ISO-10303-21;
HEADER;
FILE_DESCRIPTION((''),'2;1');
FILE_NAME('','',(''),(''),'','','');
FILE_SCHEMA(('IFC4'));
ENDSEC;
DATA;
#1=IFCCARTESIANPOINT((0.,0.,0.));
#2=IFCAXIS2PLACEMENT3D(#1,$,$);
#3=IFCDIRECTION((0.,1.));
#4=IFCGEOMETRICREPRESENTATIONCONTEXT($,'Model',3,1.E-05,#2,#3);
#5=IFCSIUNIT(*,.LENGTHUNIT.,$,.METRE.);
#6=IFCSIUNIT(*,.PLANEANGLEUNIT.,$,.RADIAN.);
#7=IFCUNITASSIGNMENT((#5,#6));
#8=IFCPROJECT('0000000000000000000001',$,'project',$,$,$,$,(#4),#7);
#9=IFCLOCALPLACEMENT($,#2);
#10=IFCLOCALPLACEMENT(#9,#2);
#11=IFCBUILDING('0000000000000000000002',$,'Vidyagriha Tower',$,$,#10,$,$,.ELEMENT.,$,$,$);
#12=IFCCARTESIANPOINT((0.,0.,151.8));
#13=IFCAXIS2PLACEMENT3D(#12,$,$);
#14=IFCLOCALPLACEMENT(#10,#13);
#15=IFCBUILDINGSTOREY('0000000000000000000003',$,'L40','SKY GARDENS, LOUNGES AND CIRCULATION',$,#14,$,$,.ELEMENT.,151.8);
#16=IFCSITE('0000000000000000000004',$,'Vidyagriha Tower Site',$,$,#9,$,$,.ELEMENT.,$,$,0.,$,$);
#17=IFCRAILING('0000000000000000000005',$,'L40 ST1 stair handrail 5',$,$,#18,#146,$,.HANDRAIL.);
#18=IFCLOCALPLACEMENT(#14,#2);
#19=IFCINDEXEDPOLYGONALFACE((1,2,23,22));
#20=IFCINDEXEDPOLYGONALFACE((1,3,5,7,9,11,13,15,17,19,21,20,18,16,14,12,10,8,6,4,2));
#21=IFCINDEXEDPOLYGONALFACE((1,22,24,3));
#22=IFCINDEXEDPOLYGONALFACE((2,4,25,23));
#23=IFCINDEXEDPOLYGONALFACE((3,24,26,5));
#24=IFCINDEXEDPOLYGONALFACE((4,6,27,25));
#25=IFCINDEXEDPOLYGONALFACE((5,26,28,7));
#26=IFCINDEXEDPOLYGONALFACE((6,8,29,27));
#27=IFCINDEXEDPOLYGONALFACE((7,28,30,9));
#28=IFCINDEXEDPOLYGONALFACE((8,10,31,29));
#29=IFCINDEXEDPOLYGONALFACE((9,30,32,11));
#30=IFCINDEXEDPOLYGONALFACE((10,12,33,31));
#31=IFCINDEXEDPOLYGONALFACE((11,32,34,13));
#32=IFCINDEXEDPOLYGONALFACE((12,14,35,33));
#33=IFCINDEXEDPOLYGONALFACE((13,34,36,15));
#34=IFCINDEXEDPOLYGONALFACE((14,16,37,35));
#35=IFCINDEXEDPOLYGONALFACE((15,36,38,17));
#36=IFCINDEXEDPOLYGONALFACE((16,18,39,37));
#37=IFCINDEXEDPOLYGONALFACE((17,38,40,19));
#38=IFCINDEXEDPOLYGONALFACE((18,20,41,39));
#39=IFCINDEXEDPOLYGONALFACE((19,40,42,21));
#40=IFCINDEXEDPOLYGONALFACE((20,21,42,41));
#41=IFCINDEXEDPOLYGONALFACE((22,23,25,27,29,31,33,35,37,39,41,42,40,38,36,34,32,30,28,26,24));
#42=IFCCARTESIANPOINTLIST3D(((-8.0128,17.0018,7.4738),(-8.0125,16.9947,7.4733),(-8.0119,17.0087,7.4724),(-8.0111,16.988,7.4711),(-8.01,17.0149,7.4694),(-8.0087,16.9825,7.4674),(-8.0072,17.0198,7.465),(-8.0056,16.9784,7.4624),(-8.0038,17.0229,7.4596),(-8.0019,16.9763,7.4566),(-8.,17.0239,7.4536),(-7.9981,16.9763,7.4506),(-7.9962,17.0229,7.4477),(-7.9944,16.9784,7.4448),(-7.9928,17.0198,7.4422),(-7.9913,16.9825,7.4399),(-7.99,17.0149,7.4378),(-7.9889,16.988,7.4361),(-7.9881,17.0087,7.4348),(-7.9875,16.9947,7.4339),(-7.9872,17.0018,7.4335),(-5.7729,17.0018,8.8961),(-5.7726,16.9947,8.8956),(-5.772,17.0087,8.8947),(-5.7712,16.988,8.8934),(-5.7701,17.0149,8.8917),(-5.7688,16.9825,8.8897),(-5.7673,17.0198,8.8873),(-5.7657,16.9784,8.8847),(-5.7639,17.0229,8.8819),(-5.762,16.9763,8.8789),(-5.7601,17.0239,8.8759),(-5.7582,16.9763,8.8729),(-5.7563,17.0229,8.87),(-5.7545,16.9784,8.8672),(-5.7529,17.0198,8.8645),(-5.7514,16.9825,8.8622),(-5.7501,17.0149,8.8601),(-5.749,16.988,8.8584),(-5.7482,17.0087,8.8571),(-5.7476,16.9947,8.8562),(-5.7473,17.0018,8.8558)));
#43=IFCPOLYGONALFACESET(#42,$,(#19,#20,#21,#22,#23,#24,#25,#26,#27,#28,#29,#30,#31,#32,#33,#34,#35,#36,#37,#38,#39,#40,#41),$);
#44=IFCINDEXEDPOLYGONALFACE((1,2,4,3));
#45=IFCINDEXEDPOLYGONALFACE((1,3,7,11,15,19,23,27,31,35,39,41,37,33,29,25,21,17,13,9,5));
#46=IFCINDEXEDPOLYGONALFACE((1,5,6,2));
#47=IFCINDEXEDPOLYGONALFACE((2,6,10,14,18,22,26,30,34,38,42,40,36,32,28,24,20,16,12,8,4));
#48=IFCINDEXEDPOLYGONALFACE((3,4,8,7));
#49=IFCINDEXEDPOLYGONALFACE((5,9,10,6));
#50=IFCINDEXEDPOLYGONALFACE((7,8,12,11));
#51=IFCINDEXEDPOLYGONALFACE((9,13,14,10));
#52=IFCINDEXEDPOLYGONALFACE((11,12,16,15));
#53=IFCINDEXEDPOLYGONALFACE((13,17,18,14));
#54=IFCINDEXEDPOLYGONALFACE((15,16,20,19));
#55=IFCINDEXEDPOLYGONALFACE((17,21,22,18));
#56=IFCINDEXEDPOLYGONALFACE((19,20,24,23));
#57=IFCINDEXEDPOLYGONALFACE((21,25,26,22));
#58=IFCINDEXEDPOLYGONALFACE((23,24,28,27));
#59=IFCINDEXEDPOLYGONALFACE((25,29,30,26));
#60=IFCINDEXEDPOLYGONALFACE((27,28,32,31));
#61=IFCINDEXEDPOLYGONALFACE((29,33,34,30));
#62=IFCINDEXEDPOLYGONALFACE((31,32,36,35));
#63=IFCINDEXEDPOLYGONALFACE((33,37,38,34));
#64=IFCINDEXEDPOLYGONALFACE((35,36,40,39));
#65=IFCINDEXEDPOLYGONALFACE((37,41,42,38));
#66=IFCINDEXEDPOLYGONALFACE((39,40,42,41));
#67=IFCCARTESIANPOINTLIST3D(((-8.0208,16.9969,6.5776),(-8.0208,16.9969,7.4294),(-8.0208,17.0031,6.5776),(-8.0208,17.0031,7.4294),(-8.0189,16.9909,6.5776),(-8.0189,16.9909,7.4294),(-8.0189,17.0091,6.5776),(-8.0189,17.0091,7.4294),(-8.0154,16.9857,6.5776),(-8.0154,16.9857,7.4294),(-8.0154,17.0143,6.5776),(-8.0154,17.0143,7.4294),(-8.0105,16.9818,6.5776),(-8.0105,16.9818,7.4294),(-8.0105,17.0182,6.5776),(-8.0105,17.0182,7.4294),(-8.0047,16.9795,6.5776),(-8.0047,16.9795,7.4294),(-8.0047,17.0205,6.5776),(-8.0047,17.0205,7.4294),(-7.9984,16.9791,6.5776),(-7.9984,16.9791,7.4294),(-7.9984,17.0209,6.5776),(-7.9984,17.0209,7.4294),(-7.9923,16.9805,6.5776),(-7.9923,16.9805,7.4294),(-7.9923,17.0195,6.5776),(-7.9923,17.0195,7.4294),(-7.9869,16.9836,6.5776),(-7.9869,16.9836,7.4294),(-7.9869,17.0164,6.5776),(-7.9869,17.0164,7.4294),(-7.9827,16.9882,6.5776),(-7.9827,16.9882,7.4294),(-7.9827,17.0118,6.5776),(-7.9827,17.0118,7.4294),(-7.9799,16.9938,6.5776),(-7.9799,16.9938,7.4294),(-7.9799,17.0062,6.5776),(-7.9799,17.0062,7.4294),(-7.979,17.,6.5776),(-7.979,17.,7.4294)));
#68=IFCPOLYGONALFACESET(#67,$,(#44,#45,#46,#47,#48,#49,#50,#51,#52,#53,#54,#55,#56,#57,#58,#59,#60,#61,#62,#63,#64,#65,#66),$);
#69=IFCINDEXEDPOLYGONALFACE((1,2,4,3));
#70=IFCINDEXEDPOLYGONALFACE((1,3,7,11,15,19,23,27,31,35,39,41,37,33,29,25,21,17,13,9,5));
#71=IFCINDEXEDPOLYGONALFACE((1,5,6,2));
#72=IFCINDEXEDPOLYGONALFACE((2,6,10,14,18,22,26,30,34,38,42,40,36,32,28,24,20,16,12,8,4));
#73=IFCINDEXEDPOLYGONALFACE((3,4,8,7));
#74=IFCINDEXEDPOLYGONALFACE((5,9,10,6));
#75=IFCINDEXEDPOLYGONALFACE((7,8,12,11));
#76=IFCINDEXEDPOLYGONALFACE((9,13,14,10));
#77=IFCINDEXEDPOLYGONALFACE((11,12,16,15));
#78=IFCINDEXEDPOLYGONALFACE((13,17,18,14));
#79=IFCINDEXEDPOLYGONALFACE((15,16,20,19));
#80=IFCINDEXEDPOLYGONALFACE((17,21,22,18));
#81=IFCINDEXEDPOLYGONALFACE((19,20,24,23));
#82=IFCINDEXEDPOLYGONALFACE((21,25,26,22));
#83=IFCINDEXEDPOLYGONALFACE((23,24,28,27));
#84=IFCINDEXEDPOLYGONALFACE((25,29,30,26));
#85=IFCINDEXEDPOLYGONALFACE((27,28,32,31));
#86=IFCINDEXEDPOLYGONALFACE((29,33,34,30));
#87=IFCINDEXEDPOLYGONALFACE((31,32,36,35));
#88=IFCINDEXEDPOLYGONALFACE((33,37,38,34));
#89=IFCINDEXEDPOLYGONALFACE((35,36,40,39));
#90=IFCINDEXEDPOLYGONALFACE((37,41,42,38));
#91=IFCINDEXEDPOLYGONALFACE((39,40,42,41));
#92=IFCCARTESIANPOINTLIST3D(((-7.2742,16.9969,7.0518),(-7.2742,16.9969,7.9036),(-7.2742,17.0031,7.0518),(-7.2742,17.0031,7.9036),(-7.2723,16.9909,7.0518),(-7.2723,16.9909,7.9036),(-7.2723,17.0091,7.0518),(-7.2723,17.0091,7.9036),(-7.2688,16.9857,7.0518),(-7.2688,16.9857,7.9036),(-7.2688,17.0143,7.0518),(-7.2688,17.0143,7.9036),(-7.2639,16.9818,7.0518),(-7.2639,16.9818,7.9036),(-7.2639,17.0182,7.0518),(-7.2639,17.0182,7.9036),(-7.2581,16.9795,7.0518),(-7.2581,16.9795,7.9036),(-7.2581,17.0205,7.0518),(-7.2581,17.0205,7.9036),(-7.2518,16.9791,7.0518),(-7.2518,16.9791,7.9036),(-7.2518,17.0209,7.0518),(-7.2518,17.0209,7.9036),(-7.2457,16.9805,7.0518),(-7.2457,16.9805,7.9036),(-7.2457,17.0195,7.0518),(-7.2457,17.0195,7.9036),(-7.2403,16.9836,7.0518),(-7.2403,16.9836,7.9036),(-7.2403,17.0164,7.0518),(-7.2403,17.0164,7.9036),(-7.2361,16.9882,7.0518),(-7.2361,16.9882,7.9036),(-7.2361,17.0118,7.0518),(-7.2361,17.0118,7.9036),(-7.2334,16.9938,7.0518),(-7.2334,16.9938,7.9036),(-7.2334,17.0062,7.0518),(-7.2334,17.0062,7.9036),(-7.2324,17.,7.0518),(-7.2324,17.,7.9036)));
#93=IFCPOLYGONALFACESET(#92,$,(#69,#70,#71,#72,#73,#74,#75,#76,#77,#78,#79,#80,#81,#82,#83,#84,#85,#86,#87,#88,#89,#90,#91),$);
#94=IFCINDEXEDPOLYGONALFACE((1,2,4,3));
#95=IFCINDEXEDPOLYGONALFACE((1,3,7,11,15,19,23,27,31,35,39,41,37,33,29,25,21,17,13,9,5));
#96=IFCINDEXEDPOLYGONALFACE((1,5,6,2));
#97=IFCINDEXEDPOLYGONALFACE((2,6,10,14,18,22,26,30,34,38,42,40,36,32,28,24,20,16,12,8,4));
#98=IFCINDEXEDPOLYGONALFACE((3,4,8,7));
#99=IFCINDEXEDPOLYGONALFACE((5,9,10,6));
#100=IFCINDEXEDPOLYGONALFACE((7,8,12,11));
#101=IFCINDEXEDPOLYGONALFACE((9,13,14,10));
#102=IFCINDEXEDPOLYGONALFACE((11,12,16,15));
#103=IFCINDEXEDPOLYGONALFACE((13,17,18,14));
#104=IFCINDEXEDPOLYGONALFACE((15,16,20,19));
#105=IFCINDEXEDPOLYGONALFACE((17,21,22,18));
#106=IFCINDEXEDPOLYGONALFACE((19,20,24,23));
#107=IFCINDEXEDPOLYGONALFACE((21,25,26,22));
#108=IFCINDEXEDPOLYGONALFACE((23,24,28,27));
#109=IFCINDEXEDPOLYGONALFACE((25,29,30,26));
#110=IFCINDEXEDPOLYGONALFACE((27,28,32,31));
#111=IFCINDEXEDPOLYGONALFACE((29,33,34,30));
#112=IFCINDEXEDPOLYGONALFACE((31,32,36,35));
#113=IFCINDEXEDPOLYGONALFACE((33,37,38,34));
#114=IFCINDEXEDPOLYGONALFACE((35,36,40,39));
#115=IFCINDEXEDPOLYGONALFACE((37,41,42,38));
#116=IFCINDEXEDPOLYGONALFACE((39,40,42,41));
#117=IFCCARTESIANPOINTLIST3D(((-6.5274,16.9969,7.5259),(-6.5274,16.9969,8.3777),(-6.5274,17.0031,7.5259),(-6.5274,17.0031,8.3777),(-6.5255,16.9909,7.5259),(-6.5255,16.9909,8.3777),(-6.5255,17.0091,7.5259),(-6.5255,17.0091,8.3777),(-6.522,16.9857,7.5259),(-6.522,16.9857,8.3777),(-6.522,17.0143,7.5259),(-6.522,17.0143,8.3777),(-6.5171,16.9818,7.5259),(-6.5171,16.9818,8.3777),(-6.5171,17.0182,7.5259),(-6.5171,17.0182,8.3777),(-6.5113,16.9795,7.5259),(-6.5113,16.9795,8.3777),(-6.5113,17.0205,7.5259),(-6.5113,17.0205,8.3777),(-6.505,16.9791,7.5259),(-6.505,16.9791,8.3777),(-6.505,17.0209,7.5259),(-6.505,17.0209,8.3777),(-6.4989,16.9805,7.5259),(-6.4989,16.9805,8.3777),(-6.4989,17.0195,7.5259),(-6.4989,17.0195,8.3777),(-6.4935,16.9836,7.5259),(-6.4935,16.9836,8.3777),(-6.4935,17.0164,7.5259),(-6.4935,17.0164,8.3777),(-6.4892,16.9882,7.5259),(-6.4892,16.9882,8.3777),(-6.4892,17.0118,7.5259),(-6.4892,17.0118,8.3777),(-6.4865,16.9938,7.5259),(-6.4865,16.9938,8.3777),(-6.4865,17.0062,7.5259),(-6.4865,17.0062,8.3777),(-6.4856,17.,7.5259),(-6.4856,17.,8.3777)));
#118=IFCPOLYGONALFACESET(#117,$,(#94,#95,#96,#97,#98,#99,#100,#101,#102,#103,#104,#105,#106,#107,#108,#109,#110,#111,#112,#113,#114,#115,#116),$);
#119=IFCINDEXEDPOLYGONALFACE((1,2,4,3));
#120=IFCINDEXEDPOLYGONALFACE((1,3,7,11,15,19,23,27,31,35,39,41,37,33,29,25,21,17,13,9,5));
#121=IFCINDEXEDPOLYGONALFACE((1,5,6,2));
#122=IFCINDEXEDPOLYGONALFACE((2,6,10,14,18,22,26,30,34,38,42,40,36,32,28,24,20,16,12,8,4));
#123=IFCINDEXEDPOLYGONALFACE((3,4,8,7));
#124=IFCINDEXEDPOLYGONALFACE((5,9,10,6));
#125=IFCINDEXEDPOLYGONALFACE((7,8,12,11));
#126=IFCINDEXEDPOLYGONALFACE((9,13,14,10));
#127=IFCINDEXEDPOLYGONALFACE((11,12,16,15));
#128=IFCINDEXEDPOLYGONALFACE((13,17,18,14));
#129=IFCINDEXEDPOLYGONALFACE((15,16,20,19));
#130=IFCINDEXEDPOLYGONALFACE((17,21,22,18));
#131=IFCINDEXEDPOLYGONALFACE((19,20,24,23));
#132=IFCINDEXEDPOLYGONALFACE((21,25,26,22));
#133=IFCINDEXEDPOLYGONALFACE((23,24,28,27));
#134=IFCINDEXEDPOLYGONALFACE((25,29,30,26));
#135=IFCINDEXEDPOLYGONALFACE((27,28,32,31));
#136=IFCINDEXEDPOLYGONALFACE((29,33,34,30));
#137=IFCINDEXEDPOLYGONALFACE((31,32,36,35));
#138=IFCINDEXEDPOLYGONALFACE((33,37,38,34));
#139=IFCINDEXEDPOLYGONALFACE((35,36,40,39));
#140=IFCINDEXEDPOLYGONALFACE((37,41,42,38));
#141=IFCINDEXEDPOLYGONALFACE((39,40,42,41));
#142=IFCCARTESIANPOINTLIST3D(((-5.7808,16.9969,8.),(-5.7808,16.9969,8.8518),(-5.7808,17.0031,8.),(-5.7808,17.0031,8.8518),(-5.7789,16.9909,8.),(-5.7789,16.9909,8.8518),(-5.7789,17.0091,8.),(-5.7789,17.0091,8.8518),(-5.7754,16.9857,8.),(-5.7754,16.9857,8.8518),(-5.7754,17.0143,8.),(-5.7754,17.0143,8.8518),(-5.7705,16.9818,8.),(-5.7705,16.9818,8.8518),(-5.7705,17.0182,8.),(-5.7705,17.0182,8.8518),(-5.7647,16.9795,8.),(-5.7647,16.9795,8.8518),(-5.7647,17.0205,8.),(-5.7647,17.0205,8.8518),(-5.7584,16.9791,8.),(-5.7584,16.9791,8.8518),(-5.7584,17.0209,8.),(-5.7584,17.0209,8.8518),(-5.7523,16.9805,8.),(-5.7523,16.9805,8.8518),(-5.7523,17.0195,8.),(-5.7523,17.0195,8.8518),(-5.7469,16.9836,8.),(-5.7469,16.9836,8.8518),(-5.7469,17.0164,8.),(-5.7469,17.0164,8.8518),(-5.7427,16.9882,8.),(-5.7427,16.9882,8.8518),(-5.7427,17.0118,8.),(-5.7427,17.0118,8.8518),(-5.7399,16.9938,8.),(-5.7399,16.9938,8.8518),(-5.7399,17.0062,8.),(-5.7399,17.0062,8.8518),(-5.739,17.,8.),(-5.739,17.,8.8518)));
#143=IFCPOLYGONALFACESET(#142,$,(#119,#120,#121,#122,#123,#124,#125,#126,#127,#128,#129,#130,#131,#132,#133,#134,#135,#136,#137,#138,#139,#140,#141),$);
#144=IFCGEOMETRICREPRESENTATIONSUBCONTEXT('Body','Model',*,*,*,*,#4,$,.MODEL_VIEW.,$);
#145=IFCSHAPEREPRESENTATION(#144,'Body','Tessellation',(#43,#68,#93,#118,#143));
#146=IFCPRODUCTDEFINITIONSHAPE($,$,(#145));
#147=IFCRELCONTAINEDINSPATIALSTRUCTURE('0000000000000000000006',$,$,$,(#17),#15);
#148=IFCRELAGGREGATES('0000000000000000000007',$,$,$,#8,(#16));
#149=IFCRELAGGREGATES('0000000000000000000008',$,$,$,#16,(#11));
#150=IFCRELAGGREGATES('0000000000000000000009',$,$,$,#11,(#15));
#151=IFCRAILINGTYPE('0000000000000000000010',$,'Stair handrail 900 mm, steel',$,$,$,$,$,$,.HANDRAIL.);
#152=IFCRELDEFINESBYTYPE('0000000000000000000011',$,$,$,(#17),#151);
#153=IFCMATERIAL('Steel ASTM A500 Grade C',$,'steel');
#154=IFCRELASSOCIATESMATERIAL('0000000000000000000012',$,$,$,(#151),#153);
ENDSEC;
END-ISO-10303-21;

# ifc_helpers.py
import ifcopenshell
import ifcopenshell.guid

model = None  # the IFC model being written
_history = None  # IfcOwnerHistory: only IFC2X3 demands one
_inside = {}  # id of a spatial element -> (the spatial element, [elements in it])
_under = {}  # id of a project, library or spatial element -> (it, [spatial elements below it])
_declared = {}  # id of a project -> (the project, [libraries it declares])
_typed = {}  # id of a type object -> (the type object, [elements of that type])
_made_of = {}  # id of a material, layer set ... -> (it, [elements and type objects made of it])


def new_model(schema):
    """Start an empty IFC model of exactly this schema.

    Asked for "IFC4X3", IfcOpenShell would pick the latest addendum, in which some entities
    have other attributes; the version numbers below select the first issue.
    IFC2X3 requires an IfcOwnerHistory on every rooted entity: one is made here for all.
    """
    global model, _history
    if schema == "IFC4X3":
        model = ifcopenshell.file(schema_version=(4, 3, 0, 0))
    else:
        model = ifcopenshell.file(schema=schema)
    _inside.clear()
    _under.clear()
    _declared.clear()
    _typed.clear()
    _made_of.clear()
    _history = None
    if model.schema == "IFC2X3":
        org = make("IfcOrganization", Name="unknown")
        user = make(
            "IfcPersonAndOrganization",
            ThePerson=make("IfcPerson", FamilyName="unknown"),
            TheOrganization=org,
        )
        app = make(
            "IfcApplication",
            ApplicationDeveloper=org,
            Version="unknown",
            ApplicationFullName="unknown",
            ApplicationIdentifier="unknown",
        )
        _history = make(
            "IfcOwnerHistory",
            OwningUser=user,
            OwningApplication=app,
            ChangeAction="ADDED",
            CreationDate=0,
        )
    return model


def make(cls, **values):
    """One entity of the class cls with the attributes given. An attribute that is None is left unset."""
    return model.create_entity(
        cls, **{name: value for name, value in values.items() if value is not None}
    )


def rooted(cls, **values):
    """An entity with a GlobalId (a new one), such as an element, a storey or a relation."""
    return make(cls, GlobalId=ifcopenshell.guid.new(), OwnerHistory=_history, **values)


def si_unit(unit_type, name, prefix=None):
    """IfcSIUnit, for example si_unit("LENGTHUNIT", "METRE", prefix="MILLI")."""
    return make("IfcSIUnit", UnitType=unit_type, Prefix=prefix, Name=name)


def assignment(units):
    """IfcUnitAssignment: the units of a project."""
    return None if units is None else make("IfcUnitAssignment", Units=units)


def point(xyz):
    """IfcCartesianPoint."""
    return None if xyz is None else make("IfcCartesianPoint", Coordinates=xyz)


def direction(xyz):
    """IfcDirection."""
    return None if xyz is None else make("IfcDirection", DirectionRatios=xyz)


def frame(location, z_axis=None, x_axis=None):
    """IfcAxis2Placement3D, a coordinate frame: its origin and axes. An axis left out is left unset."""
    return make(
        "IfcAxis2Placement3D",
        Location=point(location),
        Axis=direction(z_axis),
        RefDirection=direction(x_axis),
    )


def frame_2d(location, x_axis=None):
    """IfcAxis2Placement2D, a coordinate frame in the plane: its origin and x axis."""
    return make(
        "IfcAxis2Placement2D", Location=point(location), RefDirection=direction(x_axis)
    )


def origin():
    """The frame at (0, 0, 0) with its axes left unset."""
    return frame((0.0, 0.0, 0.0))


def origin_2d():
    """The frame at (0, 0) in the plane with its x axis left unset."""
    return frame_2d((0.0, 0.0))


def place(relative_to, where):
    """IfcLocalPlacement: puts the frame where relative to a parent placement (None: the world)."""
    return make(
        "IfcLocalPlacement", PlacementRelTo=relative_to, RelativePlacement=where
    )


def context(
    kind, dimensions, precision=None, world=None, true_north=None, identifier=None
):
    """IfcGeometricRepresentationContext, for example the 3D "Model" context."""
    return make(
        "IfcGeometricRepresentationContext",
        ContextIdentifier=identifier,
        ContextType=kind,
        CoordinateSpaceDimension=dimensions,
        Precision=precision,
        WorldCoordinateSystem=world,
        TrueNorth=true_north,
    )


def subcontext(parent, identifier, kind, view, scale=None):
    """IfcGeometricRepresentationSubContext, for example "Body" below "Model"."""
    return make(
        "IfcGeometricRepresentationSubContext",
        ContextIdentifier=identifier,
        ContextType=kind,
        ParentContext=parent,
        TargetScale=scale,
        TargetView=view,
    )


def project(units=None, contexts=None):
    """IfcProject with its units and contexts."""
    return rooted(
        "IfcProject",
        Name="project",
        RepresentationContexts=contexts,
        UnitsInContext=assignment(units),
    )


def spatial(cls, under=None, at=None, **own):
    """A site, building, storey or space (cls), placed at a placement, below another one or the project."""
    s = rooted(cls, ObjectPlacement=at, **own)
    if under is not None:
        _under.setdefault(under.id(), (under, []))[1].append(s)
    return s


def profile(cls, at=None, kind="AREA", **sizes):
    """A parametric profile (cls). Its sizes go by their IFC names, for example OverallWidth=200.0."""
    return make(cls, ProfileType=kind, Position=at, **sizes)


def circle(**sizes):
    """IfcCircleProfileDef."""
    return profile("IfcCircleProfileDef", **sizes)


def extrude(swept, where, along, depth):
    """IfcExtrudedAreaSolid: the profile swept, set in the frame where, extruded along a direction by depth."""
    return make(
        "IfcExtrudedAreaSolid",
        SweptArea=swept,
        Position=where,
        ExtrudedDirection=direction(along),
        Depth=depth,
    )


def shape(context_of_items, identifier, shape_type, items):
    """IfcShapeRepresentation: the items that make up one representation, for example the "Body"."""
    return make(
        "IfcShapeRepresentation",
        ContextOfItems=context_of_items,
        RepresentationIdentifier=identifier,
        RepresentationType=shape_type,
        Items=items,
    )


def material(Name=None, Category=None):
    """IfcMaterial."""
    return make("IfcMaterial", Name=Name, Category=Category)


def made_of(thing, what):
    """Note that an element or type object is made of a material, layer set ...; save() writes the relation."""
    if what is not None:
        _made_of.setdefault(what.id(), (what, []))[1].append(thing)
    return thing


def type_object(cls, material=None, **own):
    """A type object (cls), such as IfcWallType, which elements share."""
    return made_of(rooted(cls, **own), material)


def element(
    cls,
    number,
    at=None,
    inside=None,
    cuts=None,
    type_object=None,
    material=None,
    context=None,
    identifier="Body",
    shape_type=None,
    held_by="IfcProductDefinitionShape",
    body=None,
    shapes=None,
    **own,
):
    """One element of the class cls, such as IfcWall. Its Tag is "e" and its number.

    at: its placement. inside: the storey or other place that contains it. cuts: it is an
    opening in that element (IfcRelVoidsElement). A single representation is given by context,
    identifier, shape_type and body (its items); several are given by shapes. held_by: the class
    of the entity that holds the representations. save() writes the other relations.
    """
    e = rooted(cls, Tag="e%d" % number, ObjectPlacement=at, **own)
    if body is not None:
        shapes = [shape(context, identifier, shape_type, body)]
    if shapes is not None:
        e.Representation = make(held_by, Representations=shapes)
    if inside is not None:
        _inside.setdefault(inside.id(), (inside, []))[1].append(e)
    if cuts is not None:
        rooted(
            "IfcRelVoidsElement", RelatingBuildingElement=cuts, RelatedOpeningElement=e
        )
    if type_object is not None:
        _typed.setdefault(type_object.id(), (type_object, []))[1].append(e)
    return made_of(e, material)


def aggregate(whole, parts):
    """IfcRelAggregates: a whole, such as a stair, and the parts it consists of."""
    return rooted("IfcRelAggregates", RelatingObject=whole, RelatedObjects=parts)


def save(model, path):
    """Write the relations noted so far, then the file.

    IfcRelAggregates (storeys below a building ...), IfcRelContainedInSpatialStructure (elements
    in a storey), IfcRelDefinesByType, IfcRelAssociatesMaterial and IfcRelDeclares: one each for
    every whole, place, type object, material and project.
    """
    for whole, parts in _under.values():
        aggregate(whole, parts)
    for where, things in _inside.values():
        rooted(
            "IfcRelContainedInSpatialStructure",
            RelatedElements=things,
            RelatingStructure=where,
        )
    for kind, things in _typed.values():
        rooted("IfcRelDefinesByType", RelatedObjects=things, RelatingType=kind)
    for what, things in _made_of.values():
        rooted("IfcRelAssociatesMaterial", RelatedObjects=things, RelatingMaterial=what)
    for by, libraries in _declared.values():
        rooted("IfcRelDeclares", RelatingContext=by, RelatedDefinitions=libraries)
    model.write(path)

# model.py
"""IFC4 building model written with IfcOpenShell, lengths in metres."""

from ifc_helpers import new_model, si_unit, direction, frame, origin, origin_2d, place, context, subcontext, project, spatial, circle, extrude, material, type_object, element, save


model = new_model("IFC4")

# Units and contexts
model_context = context("Model", 3, precision=1e-05, world=origin(), true_north=direction((0.0, 1.0)))
body_context = subcontext(model_context, "Body", "Model", "MODEL_VIEW")
ifc_project = project(units=[si_unit("LENGTHUNIT", "METRE"), si_unit("PLANEANGLEUNIT", "RADIAN")], contexts=[model_context])

# Site, building, storey
site_placement = place(None, origin())
site = spatial("IfcSite", under=ifc_project, at=site_placement, Name="Vidyagriha Tower Site", CompositionType="ELEMENT", RefElevation=0.0)
building_placement = place(site_placement, origin())
building = spatial("IfcBuilding", under=site, at=building_placement, Name="Vidyagriha Tower", CompositionType="ELEMENT")
storey_placement = place(building_placement, frame((0.0, 0.0, 151.8)))
storey = spatial("IfcBuildingStorey", under=building, at=storey_placement, Name="L40", Description="SKY GARDENS, LOUNGES AND CIRCULATION", CompositionType="ELEMENT", Elevation=151.8)

# Railing
ifc_material_1 = material(Name="Steel ASTM A500 Grade C", Category="steel")
railing_type = type_object("IfcRailingType", Name="Stair handrail 900 mm, steel", PredefinedType="HANDRAIL", material=ifc_material_1)
for number, where, name in (
    (1, (-8.0, 17.0, 6.5776), "L40 ST1 stair handrail 5"),
):
    element("IfcRailing", number, at=place(storey_placement, frame(where)), inside=storey, type_object=railing_type, Name=name, PredefinedType="HANDRAIL", context=body_context, shape_type="SweptSolid", body=[
        extrude(circle(Radius=0.0239, at=origin_2d()), frame((0.0, 0.0, 0.876), z_axis=(0.844188, 0.0, 0.536048), x_axis=(0.0, 1.0, 0.0)), (0.0, 0.0, 1.0), 2.6533),
        extrude(circle(Radius=0.021, at=origin_2d()), origin(), (0.0, 0.0, 1.0), 0.8518),
        extrude(circle(Radius=0.021, at=origin_2d()), frame((0.7466, 0.0, 0.4741)), (0.0, 0.0, 1.0), 0.8518),
        extrude(circle(Radius=0.021, at=origin_2d()), frame((1.4934, 0.0, 0.9482)), (0.0, 0.0, 1.0), 0.8518),
        extrude(circle(Radius=0.021, at=origin_2d()), frame((2.24, 0.0, 1.4224)), (0.0, 0.0, 1.0), 0.8518),
    ])

save(model, "model.ifc")
